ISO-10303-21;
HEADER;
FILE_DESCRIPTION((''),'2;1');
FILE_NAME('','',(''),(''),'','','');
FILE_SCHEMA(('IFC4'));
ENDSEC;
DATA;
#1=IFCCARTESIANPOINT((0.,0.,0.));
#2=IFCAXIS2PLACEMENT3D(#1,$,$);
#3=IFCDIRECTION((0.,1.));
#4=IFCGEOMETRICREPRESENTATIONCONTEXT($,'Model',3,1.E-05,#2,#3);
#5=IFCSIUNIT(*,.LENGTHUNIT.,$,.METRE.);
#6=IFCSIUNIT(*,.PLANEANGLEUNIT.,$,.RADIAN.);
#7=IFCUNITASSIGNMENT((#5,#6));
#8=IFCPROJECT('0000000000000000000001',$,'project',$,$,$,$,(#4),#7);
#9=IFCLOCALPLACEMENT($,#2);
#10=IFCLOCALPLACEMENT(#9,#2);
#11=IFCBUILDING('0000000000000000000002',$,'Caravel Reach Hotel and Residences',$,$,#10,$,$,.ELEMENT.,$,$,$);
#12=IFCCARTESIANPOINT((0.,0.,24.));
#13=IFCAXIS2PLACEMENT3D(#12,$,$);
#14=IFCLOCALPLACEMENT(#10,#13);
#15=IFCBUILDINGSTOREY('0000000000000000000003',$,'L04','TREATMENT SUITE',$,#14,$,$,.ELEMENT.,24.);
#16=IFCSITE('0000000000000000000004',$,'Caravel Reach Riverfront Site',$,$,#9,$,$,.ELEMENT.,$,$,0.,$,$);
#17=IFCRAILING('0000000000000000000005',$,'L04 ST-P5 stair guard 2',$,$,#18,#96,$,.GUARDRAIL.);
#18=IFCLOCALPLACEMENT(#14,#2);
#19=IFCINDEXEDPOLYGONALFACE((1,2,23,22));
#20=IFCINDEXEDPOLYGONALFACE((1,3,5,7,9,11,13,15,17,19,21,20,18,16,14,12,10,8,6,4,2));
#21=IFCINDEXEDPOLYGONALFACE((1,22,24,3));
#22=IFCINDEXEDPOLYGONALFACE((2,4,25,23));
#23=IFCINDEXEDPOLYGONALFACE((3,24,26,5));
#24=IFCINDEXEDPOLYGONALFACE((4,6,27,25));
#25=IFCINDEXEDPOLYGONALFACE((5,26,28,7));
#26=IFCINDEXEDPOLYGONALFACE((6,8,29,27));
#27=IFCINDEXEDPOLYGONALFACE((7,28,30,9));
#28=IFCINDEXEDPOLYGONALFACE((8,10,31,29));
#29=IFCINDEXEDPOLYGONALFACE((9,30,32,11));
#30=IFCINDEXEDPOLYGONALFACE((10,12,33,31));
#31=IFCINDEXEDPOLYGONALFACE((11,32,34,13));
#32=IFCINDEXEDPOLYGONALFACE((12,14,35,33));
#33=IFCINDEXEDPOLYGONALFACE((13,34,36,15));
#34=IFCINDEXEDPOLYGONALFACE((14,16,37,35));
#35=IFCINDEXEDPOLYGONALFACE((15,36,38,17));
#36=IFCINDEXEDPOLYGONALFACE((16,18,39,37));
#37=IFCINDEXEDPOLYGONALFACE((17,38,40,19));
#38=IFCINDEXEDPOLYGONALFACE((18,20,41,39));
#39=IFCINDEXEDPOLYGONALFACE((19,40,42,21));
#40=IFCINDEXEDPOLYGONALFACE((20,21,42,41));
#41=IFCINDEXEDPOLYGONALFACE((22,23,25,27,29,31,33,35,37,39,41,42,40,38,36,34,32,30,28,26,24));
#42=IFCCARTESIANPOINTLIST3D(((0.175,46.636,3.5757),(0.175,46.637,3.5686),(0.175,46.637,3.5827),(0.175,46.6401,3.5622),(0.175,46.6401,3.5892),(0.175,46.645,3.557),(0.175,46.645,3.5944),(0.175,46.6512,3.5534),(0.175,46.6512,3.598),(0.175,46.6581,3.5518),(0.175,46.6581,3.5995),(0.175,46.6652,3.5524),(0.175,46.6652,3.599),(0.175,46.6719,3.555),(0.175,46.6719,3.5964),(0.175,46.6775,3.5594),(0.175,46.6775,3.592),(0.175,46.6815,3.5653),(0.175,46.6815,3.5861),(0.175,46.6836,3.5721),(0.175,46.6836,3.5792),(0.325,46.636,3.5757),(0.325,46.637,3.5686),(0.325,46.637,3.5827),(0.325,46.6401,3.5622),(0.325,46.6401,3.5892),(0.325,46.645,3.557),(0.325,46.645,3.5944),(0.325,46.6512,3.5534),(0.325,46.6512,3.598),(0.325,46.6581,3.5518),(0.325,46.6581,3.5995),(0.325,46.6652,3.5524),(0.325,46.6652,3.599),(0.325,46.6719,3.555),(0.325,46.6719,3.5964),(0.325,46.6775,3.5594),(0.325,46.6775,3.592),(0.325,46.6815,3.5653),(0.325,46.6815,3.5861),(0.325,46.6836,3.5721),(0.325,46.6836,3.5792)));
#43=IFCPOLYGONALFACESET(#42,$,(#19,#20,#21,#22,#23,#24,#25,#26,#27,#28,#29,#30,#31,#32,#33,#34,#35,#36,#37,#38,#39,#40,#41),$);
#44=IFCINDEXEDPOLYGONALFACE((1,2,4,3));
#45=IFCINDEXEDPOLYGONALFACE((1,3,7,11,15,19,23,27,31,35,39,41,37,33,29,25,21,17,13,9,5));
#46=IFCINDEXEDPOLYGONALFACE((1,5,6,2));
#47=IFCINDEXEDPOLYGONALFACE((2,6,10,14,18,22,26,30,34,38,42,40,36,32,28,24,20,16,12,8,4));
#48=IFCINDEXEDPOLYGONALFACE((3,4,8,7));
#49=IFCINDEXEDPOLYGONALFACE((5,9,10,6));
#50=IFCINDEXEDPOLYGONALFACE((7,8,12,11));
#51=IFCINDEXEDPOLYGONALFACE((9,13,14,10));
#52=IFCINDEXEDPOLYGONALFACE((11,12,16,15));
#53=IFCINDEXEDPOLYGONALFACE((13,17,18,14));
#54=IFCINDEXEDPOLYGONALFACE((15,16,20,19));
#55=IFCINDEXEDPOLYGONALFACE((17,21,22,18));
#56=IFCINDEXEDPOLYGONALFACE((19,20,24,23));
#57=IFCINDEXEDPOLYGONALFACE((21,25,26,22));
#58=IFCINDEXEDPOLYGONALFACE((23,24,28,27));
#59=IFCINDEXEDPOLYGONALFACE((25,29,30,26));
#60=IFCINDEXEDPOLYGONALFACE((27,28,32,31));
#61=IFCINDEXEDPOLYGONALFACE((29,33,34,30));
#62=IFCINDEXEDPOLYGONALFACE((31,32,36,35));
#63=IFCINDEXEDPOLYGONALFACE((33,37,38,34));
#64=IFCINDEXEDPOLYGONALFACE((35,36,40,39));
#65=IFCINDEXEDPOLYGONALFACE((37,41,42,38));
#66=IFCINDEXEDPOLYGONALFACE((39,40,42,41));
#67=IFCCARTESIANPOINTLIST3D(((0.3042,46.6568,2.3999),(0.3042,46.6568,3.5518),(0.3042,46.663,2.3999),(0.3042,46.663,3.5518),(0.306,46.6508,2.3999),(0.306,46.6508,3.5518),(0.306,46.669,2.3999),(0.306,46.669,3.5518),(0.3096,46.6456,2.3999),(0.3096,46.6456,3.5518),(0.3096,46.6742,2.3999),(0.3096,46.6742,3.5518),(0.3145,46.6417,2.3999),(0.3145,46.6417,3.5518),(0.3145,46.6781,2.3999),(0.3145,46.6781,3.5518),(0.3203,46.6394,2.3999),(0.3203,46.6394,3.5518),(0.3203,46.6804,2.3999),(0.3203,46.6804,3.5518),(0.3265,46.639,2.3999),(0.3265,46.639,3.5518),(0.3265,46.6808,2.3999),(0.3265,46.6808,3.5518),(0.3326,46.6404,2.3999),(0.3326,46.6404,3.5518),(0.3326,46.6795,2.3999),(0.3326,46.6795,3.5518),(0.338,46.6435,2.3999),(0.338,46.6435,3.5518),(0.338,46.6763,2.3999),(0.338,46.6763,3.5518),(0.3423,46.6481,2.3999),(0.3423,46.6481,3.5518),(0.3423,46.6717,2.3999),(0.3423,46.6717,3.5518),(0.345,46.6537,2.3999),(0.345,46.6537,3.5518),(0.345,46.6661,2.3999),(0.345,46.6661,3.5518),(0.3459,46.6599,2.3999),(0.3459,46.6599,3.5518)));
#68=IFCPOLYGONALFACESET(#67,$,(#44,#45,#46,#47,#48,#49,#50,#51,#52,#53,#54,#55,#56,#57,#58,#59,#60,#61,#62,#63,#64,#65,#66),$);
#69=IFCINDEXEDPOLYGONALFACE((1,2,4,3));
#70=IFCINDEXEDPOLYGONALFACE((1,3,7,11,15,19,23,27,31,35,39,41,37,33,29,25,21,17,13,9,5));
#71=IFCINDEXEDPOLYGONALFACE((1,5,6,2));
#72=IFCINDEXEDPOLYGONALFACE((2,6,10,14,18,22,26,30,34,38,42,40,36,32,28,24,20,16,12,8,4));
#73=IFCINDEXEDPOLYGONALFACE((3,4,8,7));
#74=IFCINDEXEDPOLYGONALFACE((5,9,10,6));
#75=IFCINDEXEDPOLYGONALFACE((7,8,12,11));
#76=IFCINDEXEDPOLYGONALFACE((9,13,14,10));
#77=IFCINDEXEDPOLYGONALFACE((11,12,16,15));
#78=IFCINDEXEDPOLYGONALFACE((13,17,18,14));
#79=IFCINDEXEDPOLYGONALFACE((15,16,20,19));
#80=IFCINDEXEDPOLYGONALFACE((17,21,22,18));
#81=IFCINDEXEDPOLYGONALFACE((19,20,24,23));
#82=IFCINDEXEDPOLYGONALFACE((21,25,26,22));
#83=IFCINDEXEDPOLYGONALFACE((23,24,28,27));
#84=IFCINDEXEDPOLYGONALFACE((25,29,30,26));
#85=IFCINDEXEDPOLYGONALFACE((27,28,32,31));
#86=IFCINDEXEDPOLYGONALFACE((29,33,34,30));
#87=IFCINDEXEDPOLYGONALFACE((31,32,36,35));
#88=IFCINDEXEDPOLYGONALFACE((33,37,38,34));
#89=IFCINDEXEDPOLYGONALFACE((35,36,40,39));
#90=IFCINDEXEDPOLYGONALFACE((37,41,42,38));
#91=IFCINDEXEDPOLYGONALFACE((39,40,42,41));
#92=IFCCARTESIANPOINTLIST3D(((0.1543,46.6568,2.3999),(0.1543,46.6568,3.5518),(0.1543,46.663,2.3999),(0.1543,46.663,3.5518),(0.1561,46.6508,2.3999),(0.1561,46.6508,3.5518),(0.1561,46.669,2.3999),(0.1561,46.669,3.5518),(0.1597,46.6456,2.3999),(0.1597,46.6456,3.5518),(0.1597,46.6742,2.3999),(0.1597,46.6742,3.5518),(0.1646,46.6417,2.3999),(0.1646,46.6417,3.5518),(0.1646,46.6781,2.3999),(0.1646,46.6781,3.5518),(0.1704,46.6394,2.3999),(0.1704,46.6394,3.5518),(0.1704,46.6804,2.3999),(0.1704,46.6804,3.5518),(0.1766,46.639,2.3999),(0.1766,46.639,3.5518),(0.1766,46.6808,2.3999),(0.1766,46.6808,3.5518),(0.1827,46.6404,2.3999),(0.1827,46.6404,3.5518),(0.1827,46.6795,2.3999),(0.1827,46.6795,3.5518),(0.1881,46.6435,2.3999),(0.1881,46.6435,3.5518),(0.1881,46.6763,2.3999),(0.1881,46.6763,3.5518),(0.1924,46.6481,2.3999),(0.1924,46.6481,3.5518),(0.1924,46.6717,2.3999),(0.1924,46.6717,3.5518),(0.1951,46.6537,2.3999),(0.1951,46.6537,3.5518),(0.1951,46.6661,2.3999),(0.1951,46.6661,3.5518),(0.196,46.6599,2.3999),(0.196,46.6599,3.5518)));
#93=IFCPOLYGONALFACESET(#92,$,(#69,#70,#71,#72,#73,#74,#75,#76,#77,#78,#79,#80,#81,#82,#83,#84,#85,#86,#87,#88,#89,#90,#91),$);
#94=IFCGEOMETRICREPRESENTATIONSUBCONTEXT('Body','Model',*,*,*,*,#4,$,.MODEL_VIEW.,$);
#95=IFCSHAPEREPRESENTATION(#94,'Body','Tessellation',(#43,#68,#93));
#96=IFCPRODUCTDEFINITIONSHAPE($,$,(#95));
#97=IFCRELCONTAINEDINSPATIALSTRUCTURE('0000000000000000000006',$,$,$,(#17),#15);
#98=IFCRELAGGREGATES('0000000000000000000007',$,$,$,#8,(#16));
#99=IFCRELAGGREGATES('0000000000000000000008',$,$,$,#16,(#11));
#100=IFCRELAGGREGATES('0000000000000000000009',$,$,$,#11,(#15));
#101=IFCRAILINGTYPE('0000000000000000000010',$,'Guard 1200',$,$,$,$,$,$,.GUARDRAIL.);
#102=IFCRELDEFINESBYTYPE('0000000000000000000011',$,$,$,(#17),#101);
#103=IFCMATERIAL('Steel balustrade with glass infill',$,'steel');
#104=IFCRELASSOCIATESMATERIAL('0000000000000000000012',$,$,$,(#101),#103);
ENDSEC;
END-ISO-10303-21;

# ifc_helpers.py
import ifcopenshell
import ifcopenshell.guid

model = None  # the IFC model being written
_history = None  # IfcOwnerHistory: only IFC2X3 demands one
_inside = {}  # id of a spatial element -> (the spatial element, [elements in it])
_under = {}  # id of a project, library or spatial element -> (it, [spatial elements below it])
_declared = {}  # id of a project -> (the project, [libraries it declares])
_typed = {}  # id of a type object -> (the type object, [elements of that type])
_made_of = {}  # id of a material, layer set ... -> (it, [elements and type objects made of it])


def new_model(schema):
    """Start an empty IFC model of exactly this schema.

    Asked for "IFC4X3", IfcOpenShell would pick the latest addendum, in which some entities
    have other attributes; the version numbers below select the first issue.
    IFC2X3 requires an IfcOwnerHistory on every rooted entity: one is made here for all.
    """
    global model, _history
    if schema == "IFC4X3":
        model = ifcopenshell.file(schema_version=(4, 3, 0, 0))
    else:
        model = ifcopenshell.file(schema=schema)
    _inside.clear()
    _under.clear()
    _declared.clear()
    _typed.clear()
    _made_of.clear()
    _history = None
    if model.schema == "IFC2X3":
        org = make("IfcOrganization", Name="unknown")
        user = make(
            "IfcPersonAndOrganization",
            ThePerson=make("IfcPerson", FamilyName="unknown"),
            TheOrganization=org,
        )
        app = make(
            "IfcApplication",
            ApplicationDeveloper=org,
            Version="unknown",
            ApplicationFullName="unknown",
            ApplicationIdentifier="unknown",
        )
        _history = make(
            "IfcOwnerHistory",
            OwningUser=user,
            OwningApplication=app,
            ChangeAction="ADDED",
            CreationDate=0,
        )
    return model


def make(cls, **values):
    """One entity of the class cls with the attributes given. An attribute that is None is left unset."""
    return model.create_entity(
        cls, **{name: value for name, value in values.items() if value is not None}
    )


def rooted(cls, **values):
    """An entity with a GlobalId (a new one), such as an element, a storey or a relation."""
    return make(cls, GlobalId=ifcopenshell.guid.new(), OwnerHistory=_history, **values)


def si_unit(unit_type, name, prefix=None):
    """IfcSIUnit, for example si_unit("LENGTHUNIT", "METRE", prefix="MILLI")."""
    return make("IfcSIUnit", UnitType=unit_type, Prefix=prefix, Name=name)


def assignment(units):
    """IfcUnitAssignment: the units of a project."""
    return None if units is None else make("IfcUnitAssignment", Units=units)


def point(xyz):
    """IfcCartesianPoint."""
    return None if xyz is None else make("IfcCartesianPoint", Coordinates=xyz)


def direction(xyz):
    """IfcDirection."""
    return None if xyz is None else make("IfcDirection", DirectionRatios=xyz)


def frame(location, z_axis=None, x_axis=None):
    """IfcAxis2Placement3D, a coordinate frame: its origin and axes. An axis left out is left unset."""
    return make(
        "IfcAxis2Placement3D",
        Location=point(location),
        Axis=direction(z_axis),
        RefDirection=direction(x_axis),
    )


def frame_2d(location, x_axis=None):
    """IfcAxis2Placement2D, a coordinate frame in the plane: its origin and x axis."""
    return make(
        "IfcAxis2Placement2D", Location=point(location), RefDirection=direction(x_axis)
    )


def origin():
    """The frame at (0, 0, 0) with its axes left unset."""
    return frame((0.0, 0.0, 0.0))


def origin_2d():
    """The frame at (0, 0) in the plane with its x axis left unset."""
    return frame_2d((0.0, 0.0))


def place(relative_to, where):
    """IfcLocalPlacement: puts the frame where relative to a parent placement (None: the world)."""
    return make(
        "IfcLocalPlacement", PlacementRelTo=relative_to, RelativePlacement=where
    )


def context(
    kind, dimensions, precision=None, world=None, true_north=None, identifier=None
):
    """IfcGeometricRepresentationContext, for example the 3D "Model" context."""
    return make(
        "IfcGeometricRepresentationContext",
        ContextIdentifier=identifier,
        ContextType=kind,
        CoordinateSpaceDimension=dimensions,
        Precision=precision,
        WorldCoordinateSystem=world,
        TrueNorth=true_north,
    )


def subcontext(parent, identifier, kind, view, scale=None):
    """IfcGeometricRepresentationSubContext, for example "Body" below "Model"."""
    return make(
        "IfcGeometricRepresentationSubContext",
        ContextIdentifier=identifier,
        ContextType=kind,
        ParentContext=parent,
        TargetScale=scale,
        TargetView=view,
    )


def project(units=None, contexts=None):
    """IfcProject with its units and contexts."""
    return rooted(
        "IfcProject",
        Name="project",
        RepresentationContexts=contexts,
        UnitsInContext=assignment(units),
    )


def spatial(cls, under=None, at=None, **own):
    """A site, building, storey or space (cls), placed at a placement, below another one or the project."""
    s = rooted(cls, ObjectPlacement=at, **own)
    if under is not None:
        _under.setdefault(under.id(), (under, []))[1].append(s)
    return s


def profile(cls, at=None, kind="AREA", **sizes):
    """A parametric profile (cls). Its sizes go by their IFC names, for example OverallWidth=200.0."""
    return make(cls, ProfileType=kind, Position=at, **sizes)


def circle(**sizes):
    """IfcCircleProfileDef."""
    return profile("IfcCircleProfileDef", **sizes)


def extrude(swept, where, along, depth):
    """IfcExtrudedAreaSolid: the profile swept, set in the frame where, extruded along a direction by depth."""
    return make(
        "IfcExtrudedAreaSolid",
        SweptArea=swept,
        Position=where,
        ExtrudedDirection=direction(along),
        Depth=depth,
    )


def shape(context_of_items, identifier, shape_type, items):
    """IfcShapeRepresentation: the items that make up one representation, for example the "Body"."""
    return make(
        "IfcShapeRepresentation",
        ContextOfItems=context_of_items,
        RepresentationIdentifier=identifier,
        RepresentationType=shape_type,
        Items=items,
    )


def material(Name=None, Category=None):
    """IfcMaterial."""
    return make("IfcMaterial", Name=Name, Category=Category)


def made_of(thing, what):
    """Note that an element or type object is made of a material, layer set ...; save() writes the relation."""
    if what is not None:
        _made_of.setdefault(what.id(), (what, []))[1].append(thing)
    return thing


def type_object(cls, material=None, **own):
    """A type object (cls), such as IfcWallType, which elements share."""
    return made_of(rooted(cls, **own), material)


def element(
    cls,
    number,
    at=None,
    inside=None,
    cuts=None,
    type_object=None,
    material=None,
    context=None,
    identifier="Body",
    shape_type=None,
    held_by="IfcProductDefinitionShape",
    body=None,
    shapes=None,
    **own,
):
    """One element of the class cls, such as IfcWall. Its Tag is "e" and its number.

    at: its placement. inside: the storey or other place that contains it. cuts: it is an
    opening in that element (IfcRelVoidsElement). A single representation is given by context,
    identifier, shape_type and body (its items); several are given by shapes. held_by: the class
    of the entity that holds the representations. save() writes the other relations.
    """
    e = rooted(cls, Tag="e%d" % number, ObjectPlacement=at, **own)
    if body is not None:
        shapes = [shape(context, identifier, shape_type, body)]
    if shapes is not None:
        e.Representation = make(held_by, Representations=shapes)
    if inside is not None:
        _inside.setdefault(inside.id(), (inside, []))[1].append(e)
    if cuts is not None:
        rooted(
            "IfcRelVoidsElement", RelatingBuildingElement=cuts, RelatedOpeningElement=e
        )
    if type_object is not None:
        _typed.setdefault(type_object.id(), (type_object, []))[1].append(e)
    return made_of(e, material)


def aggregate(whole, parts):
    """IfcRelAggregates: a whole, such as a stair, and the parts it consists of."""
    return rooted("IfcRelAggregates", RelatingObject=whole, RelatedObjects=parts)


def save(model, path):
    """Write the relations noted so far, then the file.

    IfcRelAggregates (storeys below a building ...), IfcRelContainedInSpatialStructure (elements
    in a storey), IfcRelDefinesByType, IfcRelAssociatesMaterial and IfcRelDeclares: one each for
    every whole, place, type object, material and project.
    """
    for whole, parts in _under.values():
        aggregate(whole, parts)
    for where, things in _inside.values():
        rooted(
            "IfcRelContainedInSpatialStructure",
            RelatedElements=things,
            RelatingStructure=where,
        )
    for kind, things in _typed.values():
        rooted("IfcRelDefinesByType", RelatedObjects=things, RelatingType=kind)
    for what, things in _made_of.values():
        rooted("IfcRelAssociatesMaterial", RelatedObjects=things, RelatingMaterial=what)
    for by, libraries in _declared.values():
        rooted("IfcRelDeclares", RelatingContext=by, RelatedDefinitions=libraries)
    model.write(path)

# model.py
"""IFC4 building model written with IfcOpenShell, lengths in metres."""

from ifc_helpers import new_model, si_unit, direction, frame, origin, origin_2d, place, context, subcontext, project, spatial, circle, extrude, material, type_object, element, save


model = new_model("IFC4")

# Units and contexts
model_context = context("Model", 3, precision=1e-05, world=origin(), true_north=direction((0.0, 1.0)))
body_context = subcontext(model_context, "Body", "Model", "MODEL_VIEW")
ifc_project = project(units=[si_unit("LENGTHUNIT", "METRE"), si_unit("PLANEANGLEUNIT", "RADIAN")], contexts=[model_context])

# Site, building, storey
site_placement = place(None, origin())
site = spatial("IfcSite", under=ifc_project, at=site_placement, Name="Caravel Reach Riverfront Site", CompositionType="ELEMENT", RefElevation=0.0)
building_placement = place(site_placement, origin())
building = spatial("IfcBuilding", under=site, at=building_placement, Name="Caravel Reach Hotel and Residences", CompositionType="ELEMENT")
storey_placement = place(building_placement, frame((0.0, 0.0, 24.0)))
storey = spatial("IfcBuildingStorey", under=building, at=storey_placement, Name="L04", Description="TREATMENT SUITE", CompositionType="ELEMENT", Elevation=24.0)

# Railing
ifc_material_1 = material(Name="Steel balustrade with glass infill", Category="steel")
railing_type_1 = type_object("IfcRailingType", Name="Guard 1200", PredefinedType="GUARDRAIL", material=ifc_material_1)
railing_1_placement = place(storey_placement, frame((0.325, 46.6599, 2.3999)))
element("IfcRailing", 1, at=railing_1_placement, inside=storey, type_object=railing_type_1, Name="L04 ST-P5 stair guard 2", PredefinedType="GUARDRAIL", context=body_context, shape_type="SweptSolid", body=[
    extrude(circle(Radius=0.0239, at=origin_2d()), frame((0.0, 0.0, 1.1758), z_axis=(-1.0, 0.0, 0.0), x_axis=(0.0, -1.0, 0.0)), (0.0, 0.0, 1.0), 0.1499),
    extrude(circle(Radius=0.021, at=origin_2d()), origin(), (0.0, 0.0, 1.0), 1.1519),
    extrude(circle(Radius=0.021, at=origin_2d()), frame((-0.1499, 0.0, 0.0)), (0.0, 0.0, 1.0), 1.1519),
])

save(model, "model.ifc")
